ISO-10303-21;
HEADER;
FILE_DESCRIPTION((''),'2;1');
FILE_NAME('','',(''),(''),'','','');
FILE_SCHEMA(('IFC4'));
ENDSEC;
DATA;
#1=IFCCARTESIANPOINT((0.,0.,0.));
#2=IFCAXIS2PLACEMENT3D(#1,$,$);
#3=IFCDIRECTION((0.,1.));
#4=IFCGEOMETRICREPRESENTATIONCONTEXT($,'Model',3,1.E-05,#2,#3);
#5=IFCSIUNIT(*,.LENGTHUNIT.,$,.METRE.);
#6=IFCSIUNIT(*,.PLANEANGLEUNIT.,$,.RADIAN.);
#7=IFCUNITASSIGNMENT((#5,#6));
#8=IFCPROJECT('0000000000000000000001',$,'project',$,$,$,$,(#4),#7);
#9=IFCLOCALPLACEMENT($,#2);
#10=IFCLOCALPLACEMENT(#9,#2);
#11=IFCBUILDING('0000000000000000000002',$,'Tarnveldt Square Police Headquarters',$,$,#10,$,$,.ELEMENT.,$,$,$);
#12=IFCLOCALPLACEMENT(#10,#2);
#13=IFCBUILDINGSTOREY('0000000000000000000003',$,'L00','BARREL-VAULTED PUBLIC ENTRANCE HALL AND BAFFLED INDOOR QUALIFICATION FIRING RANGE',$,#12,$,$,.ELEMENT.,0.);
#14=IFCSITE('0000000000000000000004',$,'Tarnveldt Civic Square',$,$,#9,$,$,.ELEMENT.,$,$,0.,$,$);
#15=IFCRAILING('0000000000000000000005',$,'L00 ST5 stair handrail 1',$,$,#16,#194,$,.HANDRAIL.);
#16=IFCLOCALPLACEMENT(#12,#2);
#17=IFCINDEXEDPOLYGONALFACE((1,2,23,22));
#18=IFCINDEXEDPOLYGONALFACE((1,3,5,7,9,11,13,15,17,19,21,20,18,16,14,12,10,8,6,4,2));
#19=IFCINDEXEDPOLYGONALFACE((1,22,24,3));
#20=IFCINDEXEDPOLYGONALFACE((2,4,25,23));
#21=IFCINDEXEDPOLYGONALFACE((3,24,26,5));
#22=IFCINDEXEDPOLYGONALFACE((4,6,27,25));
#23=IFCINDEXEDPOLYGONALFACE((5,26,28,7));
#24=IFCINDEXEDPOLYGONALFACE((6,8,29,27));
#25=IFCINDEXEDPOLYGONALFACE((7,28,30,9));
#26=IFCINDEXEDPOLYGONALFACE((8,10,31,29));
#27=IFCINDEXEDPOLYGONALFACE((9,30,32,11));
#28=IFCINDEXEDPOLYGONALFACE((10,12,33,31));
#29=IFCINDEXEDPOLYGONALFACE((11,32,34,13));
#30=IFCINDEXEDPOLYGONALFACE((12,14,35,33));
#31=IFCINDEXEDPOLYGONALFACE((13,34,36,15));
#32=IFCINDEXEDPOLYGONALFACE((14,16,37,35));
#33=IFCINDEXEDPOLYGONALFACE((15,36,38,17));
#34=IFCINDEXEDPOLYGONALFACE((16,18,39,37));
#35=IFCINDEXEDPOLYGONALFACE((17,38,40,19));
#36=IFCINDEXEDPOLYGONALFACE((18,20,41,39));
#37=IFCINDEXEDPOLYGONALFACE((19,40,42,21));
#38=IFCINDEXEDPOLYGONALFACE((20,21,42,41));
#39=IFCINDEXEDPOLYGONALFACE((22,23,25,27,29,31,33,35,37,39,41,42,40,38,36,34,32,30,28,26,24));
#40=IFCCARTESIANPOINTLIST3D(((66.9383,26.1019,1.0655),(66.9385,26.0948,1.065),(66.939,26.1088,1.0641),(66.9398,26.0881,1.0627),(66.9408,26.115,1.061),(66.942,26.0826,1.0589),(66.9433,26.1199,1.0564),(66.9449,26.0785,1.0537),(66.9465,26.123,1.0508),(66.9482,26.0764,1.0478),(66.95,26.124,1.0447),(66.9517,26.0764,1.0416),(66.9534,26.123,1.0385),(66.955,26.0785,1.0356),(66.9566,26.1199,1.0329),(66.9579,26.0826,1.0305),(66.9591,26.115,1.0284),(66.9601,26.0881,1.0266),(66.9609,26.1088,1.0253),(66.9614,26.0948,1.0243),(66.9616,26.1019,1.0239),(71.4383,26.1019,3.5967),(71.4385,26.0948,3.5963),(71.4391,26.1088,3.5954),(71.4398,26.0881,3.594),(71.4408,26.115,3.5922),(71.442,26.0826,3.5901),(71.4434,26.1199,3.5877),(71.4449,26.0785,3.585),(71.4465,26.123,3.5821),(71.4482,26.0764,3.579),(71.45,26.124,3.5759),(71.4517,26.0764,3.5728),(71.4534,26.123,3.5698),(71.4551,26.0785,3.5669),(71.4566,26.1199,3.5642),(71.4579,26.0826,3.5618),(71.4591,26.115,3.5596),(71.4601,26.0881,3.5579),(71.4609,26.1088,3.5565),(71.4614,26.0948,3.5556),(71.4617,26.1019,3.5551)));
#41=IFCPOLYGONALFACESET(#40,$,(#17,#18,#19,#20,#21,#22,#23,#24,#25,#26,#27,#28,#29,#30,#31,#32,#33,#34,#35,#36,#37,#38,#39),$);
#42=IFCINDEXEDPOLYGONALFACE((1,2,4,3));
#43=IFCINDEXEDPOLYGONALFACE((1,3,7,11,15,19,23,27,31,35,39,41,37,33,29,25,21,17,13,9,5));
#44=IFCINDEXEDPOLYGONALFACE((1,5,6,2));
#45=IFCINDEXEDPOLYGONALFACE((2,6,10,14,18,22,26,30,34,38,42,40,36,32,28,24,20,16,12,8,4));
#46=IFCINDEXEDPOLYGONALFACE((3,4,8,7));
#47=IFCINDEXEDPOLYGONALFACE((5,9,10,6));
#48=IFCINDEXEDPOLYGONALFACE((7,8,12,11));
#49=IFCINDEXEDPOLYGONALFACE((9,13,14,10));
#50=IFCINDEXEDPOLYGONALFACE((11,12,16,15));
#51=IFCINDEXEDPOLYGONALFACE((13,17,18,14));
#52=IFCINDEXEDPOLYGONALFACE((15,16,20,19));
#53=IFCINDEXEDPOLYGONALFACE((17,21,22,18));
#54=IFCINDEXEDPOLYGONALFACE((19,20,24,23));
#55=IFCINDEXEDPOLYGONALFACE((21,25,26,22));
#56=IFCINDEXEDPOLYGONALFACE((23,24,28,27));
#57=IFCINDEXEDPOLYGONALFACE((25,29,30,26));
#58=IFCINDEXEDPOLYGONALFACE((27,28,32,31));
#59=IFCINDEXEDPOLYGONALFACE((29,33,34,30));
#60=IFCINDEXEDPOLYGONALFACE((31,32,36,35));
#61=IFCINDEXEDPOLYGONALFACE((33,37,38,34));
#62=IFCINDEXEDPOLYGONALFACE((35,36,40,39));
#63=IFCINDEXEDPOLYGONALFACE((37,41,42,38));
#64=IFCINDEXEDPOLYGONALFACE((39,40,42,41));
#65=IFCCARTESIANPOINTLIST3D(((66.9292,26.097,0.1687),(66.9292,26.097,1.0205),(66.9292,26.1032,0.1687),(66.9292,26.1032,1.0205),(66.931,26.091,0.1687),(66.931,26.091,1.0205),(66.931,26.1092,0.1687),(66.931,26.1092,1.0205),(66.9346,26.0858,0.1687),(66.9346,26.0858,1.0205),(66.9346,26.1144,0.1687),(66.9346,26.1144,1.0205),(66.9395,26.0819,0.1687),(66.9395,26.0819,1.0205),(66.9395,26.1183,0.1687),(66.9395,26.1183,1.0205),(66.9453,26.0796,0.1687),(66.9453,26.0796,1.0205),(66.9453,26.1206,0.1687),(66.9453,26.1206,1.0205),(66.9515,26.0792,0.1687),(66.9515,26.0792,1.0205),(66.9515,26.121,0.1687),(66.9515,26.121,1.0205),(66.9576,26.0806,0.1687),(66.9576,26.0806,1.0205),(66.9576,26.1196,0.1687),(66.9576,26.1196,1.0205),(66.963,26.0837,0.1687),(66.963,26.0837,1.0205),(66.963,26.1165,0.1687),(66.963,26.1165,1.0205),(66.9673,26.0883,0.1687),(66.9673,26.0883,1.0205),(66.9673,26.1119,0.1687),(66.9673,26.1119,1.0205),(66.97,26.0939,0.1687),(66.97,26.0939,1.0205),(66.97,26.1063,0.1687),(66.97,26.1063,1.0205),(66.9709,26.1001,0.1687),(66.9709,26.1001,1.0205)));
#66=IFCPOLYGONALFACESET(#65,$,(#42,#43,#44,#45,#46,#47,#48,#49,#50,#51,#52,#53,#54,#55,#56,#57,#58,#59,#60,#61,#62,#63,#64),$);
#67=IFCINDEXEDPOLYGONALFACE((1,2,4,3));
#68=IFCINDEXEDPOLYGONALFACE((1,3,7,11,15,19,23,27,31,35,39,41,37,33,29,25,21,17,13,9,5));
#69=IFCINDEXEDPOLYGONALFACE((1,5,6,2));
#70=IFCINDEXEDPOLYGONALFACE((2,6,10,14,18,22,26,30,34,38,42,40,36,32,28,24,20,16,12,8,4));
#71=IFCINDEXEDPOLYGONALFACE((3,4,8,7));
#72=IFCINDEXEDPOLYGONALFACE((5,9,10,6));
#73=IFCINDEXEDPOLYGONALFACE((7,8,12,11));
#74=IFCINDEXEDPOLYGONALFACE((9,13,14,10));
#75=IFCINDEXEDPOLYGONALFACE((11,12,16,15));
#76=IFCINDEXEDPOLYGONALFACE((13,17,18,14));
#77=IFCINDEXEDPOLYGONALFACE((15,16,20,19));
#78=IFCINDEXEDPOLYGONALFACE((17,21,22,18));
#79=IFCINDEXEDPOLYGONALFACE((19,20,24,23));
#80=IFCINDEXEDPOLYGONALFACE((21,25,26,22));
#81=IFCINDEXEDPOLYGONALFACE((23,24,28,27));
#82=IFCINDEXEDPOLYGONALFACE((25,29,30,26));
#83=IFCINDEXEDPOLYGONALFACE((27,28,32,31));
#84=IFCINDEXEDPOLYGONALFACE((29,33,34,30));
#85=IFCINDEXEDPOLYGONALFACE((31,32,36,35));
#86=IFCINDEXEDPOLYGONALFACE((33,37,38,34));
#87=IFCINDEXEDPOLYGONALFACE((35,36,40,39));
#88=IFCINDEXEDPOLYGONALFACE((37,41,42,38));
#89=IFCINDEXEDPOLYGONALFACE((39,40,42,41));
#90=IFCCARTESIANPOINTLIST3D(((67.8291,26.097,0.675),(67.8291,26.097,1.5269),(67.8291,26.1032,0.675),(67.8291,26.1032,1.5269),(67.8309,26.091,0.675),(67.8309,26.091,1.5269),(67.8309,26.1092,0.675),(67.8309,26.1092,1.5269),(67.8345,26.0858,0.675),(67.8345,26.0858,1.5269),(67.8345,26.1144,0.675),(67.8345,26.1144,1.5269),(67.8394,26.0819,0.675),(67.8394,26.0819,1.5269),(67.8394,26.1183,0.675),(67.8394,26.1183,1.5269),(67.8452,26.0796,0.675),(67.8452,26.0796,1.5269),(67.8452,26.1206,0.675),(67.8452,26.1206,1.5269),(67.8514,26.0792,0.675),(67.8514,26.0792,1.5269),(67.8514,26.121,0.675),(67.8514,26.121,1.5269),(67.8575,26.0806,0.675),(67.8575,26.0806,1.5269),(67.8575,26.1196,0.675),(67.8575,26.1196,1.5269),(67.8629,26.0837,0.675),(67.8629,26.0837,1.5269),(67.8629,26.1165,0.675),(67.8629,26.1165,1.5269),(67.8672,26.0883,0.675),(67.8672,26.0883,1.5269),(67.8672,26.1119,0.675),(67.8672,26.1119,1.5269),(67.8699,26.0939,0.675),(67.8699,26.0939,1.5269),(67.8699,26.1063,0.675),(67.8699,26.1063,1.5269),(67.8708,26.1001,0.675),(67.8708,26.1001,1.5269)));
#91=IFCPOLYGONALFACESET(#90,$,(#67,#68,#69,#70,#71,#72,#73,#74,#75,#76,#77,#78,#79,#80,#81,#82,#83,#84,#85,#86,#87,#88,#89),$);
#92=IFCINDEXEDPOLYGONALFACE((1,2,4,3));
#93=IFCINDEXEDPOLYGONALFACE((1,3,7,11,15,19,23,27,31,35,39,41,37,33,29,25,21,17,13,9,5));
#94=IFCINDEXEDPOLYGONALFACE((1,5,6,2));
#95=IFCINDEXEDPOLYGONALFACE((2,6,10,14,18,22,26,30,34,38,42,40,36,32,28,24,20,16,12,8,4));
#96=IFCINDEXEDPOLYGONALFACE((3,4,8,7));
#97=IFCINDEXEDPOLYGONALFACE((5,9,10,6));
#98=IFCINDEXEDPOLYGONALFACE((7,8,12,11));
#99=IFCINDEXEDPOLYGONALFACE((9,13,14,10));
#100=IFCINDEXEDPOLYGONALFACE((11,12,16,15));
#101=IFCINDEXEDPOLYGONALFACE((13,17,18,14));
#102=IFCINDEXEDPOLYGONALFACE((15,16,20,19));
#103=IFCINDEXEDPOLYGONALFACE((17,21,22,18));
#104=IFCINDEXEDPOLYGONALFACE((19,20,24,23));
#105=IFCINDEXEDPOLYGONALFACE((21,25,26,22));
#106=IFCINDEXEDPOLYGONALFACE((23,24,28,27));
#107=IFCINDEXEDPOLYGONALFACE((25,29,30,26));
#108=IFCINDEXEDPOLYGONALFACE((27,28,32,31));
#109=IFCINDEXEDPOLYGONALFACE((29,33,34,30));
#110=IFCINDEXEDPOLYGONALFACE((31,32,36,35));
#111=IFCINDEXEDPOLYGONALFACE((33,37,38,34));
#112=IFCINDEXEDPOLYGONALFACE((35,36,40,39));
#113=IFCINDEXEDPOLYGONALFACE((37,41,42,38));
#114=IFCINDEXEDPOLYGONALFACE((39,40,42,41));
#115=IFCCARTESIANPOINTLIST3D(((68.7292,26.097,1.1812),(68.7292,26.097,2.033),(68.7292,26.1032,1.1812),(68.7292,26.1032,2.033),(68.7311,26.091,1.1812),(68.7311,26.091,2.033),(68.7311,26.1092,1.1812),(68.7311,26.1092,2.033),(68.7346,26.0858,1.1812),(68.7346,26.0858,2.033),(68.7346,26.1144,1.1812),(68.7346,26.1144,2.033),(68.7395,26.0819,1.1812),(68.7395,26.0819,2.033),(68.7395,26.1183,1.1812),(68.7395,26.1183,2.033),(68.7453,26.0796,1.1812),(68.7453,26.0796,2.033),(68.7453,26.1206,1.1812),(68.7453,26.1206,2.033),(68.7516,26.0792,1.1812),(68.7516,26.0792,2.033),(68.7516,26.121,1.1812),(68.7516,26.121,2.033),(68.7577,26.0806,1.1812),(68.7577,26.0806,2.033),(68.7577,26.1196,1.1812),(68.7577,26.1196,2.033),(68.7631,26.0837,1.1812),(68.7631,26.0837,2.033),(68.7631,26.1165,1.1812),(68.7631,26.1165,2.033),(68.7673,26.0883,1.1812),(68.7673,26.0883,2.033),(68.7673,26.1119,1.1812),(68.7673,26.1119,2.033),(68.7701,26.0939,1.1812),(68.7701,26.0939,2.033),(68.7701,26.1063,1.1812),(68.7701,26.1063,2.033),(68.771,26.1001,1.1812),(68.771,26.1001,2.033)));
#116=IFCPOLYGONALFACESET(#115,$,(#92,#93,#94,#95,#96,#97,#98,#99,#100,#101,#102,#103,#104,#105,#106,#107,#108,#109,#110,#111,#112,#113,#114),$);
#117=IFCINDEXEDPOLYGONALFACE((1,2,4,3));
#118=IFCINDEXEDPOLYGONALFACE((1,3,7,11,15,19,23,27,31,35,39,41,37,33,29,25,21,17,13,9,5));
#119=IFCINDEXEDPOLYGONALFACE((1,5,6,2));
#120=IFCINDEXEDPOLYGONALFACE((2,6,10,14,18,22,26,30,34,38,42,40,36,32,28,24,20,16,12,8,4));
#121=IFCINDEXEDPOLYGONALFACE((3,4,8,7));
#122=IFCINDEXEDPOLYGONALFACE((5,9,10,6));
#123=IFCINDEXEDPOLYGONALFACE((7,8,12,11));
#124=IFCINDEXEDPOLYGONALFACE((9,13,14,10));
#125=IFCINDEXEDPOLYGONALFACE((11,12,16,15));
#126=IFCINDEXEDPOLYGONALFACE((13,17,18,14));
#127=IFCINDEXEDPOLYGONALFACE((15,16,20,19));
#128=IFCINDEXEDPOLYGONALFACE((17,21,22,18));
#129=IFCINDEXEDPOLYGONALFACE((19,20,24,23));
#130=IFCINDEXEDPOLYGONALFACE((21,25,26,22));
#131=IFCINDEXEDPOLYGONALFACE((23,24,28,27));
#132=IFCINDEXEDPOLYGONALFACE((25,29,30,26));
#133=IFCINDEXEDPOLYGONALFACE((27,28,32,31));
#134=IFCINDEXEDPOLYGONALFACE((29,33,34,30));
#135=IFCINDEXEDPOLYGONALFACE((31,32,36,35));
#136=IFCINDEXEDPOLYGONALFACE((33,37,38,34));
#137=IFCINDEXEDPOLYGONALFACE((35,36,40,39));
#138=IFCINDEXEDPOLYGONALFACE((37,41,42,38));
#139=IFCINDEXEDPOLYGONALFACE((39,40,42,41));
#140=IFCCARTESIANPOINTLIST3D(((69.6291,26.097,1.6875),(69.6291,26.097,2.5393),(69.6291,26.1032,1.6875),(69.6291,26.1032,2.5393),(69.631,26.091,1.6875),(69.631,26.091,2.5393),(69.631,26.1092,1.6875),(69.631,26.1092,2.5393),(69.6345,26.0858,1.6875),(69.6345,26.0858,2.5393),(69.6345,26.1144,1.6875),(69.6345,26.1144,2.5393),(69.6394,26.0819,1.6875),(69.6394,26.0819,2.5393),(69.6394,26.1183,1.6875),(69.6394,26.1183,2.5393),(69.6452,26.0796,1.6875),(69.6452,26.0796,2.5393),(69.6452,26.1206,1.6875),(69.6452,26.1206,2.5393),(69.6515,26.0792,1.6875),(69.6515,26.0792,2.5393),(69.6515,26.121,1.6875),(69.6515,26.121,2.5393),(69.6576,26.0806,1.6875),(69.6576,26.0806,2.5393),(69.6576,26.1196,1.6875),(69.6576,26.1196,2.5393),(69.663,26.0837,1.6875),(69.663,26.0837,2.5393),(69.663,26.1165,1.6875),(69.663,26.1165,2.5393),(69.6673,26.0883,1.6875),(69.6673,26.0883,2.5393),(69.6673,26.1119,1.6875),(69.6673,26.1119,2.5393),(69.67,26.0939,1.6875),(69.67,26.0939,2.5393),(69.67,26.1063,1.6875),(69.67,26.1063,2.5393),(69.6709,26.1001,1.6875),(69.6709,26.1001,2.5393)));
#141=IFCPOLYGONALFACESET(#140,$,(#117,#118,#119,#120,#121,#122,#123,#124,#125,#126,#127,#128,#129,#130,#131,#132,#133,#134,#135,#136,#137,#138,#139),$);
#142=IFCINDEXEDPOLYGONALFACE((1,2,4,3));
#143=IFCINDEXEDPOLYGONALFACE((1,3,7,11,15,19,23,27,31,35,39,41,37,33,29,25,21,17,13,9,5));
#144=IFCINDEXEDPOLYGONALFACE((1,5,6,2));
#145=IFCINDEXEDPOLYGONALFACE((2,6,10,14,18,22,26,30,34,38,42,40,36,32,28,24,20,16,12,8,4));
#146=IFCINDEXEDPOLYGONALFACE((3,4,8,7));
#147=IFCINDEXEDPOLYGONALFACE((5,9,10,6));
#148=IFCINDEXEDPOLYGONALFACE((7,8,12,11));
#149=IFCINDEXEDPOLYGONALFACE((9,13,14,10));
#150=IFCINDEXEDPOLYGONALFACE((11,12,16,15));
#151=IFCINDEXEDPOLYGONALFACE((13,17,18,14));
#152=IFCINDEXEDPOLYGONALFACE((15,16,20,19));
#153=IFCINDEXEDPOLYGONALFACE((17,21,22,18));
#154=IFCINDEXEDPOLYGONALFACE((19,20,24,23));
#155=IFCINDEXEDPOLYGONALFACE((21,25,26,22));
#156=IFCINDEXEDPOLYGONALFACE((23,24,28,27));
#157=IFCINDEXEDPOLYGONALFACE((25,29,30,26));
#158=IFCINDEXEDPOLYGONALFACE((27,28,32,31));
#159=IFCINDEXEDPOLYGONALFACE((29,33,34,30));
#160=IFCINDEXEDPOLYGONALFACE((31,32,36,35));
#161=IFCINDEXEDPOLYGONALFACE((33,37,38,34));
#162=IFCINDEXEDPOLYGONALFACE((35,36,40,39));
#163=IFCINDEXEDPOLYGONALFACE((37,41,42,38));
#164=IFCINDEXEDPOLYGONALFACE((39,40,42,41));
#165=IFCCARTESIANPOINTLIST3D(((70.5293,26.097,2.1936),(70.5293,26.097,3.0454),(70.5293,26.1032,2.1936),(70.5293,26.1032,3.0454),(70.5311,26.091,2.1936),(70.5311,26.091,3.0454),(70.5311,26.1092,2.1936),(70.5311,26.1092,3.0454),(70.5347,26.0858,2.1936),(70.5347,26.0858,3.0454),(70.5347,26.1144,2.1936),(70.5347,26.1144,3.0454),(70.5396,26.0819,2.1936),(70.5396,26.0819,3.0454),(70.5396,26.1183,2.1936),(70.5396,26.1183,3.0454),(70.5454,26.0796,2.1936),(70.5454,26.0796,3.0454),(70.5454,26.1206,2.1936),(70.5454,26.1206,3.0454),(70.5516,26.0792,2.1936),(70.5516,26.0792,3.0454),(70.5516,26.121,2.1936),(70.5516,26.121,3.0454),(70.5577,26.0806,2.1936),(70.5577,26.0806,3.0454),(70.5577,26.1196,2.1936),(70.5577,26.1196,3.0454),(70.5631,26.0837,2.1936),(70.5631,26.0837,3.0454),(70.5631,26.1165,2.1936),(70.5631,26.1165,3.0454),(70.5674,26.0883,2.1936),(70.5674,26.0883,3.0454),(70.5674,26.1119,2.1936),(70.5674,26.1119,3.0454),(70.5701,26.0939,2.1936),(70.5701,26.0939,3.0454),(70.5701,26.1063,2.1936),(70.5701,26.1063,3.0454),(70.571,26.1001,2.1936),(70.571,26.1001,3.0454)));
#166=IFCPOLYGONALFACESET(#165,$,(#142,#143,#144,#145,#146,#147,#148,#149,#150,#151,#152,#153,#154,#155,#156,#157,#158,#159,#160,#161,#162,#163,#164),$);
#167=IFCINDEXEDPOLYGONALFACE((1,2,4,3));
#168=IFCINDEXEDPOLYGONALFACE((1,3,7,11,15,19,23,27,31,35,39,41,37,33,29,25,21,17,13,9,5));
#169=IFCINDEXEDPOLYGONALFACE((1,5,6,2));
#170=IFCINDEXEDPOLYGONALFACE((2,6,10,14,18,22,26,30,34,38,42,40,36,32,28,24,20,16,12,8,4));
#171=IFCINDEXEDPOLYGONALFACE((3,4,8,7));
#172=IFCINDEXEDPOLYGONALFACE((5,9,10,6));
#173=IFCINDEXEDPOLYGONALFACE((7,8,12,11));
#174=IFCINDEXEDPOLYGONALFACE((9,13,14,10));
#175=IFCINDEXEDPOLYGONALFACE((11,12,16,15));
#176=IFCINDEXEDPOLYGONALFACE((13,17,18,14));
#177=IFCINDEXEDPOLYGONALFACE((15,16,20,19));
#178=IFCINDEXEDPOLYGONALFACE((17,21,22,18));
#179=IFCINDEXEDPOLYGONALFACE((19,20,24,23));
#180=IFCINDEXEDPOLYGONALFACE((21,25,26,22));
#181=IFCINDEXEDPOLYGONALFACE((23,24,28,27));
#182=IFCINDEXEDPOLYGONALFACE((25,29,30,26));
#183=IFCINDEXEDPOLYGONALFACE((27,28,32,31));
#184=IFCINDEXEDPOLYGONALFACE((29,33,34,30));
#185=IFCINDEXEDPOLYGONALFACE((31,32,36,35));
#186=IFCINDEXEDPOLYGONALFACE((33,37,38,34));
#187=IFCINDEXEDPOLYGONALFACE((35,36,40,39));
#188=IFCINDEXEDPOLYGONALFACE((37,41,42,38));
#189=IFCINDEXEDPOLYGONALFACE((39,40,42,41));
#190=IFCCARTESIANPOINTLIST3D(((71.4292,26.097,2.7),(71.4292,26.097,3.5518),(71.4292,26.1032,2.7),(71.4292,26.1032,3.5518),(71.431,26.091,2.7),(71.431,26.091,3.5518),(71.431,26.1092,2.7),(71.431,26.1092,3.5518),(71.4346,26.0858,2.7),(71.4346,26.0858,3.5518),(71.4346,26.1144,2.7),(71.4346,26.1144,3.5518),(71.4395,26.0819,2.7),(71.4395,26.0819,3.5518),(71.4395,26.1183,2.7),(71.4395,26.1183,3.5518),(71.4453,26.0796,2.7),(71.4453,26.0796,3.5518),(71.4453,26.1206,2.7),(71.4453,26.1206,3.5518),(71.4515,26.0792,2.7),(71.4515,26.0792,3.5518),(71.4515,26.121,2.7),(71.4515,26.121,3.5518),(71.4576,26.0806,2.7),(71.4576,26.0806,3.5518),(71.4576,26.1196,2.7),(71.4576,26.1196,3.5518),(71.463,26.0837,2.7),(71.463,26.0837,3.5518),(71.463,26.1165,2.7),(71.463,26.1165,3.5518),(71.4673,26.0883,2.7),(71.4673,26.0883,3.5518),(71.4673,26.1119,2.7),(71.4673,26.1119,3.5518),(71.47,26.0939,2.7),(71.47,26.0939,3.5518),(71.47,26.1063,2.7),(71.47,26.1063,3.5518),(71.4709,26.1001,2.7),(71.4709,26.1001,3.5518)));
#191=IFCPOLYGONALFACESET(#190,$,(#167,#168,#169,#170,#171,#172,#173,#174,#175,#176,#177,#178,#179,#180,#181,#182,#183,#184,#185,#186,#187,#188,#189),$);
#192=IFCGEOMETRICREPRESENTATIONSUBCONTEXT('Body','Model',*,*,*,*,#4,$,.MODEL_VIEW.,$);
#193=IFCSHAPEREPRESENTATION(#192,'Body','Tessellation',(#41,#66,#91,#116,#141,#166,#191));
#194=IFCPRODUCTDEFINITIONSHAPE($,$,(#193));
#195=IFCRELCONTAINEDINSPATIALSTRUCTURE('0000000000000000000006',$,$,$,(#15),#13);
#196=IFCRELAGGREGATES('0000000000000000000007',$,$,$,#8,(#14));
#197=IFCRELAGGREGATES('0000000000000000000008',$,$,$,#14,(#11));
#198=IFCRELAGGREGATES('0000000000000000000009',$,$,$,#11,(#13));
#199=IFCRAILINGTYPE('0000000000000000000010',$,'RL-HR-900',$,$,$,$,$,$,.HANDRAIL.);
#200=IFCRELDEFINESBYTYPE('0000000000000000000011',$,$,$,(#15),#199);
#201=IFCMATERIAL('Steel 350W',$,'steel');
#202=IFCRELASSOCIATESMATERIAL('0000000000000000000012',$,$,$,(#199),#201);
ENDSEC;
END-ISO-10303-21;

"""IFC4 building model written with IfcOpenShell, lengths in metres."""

from ifc_helpers import new_model, si_unit, direction, frame, origin, origin_2d, place, context, subcontext, project, spatial, circle, extrude, material, type_object, element, save


model = new_model("IFC4")

# Units and contexts
model_context = context("Model", 3, precision=1e-05, world=origin(), true_north=direction((0.0, 1.0)))
body_context = subcontext(model_context, "Body", "Model", "MODEL_VIEW")
ifc_project = project(units=[si_unit("LENGTHUNIT", "METRE"), si_unit("PLANEANGLEUNIT", "RADIAN")], contexts=[model_context])

# Site, building, storey
site_placement = place(None, origin())
site = spatial("IfcSite", under=ifc_project, at=site_placement, Name="Tarnveldt Civic Square", CompositionType="ELEMENT", RefElevation=0.0)
building_placement = place(site_placement, origin())
building = spatial("IfcBuilding", under=site, at=building_placement, Name="Tarnveldt Square Police Headquarters", CompositionType="ELEMENT")
storey_placement = place(building_placement, origin())
storey = spatial("IfcBuildingStorey", under=building, at=storey_placement, Name="L00", Description="BARREL-VAULTED PUBLIC ENTRANCE HALL AND BAFFLED INDOOR QUALIFICATION FIRING RANGE", CompositionType="ELEMENT", Elevation=0.0)

# Railing
ifc_material_1 = material(Name="Steel 350W", Category="steel")
railing_type_1 = type_object("IfcRailingType", Name="RL-HR-900", PredefinedType="HANDRAIL", material=ifc_material_1)
railing_1_placement = place(storey_placement, frame((66.95, 26.1001, 0.1687)))
element("IfcRailing", 1, at=railing_1_placement, inside=storey, type_object=railing_type_1, Name="L00 ST5 stair handrail 1", PredefinedType="HANDRAIL", context=body_context, shape_type="SweptSolid", body=[
    extrude(circle(Radius=0.0239, at=origin_2d()), frame((0.0, 0.0, 0.876), z_axis=(0.871576, 0.0, 0.490261), x_axis=(0.0, 1.0, 0.0)), (0.0, 0.0, 1.0), 5.1631),
    extrude(circle(Radius=0.021, at=origin_2d()), origin(), (0.0, 0.0, 1.0), 0.8518),
    extrude(circle(Radius=0.021, at=origin_2d()), frame((0.8999, 0.0, 0.5063)), (0.0, 0.0, 1.0), 0.8518),
    extrude(circle(Radius=0.021, at=origin_2d()), frame((1.8, 0.0, 1.0125)), (0.0, 0.0, 1.0), 0.8518),
    extrude(circle(Radius=0.021, at=origin_2d()), frame((2.7, 0.0, 1.5188)), (0.0, 0.0, 1.0), 0.8518),
    extrude(circle(Radius=0.021, at=origin_2d()), frame((3.6001, 0.0, 2.0249)), (0.0, 0.0, 1.0), 0.8518),
    extrude(circle(Radius=0.021, at=origin_2d()), frame((4.5, 0.0, 2.5312)), (0.0, 0.0, 1.0), 0.8518),
])

save(model, "model.ifc")
